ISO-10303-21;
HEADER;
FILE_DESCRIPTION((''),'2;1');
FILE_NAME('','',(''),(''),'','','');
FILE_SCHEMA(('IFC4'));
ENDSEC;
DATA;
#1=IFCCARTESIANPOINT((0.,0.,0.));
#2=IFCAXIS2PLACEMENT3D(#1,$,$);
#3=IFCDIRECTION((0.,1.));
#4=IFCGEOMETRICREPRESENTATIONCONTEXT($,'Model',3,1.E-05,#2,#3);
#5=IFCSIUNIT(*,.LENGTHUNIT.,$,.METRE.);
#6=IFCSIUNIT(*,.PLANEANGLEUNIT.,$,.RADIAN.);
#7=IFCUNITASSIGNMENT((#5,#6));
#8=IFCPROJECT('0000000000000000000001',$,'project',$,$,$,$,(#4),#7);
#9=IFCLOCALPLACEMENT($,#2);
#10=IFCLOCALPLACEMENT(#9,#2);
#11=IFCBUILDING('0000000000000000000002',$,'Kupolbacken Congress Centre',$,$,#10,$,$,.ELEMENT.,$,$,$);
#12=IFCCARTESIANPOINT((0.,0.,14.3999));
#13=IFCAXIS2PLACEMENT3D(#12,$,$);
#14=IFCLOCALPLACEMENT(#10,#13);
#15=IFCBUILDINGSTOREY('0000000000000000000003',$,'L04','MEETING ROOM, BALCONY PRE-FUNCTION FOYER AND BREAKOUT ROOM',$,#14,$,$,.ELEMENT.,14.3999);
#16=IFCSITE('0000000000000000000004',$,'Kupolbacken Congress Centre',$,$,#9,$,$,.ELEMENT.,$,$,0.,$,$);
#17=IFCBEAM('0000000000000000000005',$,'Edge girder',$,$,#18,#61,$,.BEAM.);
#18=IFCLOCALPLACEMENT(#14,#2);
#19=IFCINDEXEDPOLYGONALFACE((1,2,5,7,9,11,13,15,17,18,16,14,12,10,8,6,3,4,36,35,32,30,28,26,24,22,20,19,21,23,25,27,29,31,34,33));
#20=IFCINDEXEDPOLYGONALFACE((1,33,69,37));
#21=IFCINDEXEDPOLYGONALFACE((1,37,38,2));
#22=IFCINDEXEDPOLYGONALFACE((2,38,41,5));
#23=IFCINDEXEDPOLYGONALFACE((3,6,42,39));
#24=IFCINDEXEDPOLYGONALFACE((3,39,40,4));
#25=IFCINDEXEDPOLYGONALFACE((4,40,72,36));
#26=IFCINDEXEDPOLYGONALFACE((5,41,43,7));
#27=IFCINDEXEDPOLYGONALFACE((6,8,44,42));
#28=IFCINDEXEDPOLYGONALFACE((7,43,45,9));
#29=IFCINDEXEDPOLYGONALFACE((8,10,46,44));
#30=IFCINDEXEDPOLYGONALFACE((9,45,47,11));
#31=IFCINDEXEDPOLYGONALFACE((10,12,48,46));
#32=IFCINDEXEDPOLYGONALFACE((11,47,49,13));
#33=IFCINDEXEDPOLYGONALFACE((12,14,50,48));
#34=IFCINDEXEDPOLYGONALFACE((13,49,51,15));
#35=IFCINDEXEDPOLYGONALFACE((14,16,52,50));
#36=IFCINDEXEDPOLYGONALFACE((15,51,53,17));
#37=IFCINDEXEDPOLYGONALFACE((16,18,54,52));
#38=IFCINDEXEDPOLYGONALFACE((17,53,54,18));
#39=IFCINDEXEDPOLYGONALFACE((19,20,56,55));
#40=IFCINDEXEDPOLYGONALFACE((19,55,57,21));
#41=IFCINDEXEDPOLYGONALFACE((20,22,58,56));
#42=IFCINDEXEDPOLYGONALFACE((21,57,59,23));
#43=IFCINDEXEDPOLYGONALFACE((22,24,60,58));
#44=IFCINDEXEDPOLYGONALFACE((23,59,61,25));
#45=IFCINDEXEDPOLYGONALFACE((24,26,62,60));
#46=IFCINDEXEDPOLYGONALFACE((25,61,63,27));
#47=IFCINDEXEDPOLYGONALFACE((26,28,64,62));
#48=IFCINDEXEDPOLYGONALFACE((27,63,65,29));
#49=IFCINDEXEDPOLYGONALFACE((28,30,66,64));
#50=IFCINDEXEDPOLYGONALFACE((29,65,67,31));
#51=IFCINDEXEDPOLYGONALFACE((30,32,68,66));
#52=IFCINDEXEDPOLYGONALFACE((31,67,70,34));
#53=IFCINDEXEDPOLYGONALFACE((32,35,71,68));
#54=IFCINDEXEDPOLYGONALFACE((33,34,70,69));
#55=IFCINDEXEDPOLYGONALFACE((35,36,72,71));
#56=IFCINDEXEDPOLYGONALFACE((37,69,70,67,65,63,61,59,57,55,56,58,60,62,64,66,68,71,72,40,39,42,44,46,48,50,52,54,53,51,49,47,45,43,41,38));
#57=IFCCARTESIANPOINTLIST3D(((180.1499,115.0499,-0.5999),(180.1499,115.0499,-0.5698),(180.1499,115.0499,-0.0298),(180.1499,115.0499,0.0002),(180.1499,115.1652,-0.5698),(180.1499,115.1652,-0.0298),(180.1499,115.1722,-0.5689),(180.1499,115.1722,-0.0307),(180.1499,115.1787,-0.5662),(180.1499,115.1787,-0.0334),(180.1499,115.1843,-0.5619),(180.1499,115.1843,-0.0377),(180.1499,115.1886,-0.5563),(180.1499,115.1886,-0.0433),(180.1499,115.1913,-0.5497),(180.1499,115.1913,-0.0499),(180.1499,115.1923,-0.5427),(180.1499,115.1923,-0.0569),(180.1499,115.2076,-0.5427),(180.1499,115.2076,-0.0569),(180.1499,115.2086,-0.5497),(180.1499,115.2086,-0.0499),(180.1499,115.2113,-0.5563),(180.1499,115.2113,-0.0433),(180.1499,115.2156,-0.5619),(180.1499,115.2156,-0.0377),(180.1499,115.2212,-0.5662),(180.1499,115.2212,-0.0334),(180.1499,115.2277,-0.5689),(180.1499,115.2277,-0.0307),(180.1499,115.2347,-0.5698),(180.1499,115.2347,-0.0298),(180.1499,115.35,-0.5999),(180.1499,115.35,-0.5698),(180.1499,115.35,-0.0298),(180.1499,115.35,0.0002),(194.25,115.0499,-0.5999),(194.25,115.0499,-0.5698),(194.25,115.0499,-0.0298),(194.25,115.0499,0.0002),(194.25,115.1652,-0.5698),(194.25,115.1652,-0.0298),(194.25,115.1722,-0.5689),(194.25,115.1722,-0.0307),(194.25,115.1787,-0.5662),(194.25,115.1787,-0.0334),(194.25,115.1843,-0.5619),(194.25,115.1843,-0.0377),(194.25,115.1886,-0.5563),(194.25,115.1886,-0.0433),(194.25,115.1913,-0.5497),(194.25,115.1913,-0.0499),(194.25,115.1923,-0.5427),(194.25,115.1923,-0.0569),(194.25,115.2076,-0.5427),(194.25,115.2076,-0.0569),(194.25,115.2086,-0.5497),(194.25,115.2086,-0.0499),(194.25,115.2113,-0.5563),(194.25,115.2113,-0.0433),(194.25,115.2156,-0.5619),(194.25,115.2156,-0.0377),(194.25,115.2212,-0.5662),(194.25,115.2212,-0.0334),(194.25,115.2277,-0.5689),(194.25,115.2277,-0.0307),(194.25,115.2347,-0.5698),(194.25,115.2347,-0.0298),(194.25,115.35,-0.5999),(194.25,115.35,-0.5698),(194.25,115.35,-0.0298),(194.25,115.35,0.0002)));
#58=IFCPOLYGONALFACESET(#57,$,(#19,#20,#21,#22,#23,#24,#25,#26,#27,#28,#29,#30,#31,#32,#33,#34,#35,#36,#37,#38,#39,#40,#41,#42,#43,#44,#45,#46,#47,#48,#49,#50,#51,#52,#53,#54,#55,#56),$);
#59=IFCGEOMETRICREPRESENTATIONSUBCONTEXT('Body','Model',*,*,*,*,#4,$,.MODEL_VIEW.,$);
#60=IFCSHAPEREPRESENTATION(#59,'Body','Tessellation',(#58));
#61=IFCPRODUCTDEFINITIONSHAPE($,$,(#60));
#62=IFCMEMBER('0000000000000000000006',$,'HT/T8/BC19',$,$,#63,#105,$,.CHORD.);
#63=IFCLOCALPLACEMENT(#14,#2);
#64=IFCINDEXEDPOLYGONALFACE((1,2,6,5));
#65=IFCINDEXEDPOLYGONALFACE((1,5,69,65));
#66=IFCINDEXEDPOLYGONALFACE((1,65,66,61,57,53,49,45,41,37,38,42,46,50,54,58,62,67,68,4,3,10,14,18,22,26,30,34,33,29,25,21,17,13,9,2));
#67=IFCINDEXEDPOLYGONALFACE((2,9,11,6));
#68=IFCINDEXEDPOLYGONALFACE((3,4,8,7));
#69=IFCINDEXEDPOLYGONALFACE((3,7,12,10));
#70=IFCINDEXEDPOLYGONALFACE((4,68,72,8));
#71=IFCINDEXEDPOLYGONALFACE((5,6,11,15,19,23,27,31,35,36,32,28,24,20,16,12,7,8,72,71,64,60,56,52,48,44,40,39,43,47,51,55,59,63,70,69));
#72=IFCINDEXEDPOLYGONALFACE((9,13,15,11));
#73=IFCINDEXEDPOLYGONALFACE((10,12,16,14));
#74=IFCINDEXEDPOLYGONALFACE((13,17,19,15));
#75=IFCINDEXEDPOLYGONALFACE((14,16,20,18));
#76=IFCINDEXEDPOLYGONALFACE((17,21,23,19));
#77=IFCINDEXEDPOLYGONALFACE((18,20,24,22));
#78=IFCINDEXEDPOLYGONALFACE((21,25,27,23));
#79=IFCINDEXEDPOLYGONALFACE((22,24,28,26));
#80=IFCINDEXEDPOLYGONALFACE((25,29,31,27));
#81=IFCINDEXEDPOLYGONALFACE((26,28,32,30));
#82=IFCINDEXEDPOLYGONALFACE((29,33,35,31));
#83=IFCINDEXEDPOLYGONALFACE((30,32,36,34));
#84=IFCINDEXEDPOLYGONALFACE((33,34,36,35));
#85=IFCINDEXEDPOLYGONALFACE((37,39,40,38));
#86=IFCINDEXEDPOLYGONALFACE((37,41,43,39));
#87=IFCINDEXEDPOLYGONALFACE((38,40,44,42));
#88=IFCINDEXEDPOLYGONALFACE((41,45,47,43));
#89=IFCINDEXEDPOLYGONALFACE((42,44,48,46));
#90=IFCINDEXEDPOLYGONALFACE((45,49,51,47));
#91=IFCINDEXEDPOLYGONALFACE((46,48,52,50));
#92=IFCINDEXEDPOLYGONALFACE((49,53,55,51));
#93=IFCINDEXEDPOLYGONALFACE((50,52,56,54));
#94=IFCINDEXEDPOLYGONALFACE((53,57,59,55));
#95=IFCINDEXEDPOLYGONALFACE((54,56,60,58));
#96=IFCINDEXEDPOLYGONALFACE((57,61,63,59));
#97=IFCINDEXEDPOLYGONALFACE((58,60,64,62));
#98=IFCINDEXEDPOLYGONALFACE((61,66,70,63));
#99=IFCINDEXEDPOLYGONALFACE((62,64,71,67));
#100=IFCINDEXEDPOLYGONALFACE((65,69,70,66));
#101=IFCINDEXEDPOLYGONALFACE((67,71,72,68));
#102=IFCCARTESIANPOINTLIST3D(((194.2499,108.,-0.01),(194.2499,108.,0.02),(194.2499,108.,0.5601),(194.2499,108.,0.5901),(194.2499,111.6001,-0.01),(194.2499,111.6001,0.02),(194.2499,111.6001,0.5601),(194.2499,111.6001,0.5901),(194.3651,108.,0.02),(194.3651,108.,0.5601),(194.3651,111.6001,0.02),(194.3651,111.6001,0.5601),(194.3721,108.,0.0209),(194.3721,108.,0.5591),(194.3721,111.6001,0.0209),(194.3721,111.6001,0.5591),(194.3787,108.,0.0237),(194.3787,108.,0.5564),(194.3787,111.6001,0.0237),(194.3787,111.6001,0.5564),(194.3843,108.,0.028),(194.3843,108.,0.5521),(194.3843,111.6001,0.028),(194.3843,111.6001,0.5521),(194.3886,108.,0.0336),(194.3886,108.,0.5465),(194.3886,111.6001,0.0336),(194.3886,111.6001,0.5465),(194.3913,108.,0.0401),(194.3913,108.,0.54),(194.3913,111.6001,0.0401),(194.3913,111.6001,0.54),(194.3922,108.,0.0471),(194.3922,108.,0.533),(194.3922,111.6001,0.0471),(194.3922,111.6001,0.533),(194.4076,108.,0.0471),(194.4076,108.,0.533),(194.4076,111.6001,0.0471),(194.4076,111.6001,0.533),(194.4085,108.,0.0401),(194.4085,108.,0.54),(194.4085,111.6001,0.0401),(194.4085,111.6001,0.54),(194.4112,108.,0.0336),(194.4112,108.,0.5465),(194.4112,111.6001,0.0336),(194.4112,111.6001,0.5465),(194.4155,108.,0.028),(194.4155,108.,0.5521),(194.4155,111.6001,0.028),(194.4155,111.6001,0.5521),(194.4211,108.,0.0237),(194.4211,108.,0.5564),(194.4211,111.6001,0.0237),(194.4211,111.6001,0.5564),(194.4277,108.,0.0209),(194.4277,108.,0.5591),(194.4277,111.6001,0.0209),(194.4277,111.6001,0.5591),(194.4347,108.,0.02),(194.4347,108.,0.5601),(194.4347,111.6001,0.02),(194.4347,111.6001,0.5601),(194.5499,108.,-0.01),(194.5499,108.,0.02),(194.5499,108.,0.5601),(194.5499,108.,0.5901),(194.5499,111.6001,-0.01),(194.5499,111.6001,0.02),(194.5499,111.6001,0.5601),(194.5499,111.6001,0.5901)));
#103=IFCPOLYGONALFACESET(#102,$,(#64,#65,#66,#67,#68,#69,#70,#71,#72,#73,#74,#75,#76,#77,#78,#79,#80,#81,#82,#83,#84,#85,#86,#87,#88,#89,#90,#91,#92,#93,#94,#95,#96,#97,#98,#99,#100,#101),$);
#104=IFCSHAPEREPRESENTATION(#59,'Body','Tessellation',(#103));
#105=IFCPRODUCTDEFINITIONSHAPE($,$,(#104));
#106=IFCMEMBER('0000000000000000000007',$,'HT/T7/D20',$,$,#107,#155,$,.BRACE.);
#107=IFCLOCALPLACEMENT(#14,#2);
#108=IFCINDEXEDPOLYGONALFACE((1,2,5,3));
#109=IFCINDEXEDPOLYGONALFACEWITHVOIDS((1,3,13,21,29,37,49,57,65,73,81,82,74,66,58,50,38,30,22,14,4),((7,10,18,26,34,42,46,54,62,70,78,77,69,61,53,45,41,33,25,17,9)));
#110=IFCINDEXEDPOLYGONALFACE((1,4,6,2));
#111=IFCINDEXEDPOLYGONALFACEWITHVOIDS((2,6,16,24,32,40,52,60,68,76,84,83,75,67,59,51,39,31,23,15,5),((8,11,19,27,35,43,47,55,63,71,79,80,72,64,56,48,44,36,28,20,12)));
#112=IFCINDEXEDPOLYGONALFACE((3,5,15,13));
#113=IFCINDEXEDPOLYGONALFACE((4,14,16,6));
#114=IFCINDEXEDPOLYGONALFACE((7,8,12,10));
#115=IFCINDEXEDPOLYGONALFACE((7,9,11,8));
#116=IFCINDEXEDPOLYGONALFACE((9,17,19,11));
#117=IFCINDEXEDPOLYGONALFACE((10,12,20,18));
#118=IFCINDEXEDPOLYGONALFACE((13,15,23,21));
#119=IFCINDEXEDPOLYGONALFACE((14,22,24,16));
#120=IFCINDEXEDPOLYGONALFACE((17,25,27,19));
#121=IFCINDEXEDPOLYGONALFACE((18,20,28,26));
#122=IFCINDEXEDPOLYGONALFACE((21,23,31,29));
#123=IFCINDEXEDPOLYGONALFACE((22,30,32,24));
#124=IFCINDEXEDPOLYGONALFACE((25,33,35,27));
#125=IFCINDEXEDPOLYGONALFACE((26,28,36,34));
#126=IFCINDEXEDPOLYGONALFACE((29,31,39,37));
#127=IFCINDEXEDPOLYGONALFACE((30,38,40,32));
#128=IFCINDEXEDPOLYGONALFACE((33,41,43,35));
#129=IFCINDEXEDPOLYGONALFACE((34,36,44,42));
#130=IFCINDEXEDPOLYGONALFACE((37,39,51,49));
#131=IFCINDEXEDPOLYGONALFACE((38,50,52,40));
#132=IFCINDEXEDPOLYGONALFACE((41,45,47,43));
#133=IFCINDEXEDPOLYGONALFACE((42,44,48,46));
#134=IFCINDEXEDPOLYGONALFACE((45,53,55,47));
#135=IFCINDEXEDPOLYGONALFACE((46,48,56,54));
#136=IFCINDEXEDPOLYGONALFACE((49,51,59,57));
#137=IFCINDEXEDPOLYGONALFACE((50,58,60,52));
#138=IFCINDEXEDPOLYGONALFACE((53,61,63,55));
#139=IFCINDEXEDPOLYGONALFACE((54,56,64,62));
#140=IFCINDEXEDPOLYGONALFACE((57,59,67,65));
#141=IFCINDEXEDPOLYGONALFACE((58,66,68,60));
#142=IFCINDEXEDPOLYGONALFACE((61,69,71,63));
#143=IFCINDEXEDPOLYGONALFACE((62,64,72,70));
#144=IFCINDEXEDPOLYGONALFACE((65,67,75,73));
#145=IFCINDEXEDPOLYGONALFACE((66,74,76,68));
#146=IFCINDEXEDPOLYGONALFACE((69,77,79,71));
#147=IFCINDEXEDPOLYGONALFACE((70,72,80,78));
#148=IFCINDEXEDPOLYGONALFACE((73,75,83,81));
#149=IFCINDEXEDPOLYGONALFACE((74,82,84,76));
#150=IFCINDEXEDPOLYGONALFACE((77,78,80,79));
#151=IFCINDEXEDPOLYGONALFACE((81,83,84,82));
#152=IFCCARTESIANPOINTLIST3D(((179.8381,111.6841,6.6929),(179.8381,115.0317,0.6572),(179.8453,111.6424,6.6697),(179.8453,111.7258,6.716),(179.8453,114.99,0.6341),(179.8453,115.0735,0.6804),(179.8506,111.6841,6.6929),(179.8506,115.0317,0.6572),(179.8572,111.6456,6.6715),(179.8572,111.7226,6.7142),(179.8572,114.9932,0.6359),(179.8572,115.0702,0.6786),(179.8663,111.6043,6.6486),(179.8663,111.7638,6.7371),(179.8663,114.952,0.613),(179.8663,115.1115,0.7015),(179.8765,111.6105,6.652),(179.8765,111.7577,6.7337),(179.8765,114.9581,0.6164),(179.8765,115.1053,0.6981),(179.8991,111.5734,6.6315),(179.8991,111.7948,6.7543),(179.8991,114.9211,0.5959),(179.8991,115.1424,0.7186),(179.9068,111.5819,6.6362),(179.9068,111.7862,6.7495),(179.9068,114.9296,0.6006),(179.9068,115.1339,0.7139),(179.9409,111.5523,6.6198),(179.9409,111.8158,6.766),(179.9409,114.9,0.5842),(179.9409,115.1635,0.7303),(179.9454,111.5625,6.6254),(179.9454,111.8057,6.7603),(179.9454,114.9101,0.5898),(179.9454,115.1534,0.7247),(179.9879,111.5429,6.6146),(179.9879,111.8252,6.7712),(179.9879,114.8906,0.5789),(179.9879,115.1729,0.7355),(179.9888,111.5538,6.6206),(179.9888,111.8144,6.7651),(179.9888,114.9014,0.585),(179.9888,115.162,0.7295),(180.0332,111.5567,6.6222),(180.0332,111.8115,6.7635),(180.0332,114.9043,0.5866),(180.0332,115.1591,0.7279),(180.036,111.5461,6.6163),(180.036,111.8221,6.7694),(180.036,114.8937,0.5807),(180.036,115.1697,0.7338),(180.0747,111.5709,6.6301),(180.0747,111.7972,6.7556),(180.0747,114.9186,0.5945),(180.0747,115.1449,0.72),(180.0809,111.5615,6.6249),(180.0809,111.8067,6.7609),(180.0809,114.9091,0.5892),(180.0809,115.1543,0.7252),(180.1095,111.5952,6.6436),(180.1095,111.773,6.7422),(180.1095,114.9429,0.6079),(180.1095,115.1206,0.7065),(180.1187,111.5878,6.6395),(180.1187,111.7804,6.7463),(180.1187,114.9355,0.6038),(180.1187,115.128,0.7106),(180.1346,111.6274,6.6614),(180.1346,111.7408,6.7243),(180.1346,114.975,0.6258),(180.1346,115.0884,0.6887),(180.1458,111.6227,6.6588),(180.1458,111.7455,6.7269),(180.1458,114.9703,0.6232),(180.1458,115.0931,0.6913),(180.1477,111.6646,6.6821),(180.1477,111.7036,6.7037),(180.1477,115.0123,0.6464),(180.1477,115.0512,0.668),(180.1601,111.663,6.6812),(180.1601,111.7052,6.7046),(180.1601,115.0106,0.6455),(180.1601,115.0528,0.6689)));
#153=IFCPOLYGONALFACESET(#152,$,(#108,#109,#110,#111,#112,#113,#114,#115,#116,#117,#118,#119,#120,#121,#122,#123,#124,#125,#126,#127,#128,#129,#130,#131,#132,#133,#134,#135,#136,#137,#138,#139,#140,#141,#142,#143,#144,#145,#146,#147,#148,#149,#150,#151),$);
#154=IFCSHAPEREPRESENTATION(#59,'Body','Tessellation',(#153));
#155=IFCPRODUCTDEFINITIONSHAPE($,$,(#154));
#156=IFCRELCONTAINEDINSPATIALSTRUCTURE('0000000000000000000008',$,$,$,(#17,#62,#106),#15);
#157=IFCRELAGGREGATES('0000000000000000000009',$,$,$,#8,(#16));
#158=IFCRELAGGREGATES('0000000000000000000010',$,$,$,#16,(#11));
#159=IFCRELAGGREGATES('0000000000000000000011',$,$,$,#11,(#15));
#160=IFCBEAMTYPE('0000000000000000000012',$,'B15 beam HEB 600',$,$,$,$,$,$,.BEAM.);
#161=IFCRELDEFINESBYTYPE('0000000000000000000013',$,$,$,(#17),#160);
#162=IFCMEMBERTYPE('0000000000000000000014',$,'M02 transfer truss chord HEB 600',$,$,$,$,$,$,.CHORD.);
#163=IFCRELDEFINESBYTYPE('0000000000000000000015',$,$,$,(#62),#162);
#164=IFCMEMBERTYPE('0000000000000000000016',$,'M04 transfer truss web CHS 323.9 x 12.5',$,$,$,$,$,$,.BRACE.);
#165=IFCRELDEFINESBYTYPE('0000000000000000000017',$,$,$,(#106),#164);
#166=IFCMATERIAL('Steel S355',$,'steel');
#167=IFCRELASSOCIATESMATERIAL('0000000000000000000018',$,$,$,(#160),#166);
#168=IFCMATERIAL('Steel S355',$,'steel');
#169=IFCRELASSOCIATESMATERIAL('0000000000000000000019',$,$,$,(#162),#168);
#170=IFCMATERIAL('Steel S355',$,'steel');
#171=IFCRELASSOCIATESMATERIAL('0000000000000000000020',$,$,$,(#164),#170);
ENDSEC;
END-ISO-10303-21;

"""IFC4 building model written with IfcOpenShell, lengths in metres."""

from ifc_helpers import new_model, si_unit, direction, frame, origin, origin_2d, place, context, subcontext, project, spatial, hollow_circle, i_section, extrude, material, material_profile, profile_set, type_object, element, save


model = new_model("IFC4")

# Units and contexts
model_context = context("Model", 3, precision=1e-05, world=origin(), true_north=direction((0.0, 1.0)))
body_context = subcontext(model_context, "Body", "Model", "MODEL_VIEW")
ifc_project = project(units=[si_unit("LENGTHUNIT", "METRE"), si_unit("PLANEANGLEUNIT", "RADIAN")], contexts=[model_context])

# Site, building, storey
site_placement = place(None, origin())
site = spatial("IfcSite", under=ifc_project, at=site_placement, Name="Kupolbacken Congress Centre", CompositionType="ELEMENT", RefElevation=0.0)
building_placement = place(site_placement, origin())
building = spatial("IfcBuilding", under=site, at=building_placement, Name="Kupolbacken Congress Centre", CompositionType="ELEMENT")
storey_placement = place(building_placement, frame((0.0, 0.0, 14.3999)))
storey = spatial("IfcBuildingStorey", under=building, at=storey_placement, Name="L04", Description="MEETING ROOM, BALCONY PRE-FUNCTION FOYER AND BREAKOUT ROOM", CompositionType="ELEMENT", Elevation=14.3999)

# Beam
ifc_material_1 = material(Name="Steel S355", Category="steel")
ifc_material_profile_1 = material_profile(ifc_material_1, i_section(OverallWidth=0.3, OverallDepth=0.6001, WebThickness=0.0154, FlangeThickness=0.03, FilletRadius=0.0271, at=origin_2d()), Name="HEB 600")
ifc_profile_set_1 = profile_set([ifc_material_profile_1], Name="Steel S355")
beam_type_1 = type_object("IfcBeamType", Name="B15 beam HEB 600", PredefinedType="BEAM", material=ifc_profile_set_1)
beam_1_placement = place(storey_placement, frame((180.1499, 115.2, -0.2998), z_axis=(1.0, 0.0, 0.0), x_axis=(0.0, 1.0, 0.0)))
element("IfcBeam", 1, at=beam_1_placement, inside=storey, type_object=beam_type_1, Name="Edge girder", PredefinedType="BEAM", context=body_context, shape_type="SweptSolid", body=[
    extrude(i_section(OverallWidth=0.3, OverallDepth=0.6001, WebThickness=0.0154, FlangeThickness=0.03, FilletRadius=0.0271, at=origin_2d()), origin(), (0.0, 0.0, 1.0), 14.1001),
])

# Members
ifc_material_2 = material(Name="Steel S355", Category="steel")
ifc_material_profile_2 = material_profile(ifc_material_2, i_section(OverallWidth=0.3, OverallDepth=0.6001, WebThickness=0.0154, FlangeThickness=0.03, FilletRadius=0.0271, at=origin_2d()), Name="HEB 600")
ifc_profile_set_2 = profile_set([ifc_material_profile_2], Name="Steel S355")
member_type_1 = type_object("IfcMemberType", Name="M02 transfer truss chord HEB 600", PredefinedType="CHORD", material=ifc_profile_set_2)
member_1_placement = place(storey_placement, frame((194.3999, 108.0, 0.29), z_axis=(0.0, 1.0, 0.0), x_axis=(-1.0, 0.0, 0.0)))
element("IfcMember", 2, at=member_1_placement, inside=storey, type_object=member_type_1, Name="HT/T8/BC19", PredefinedType="CHORD", context=body_context, shape_type="SweptSolid", body=[
    extrude(i_section(OverallWidth=0.3, OverallDepth=0.6001, WebThickness=0.0154, FlangeThickness=0.03, FilletRadius=0.0271, at=origin_2d()), origin(), (0.0, 0.0, 1.0), 3.6001),
])
ifc_material_3 = material(Name="Steel S355", Category="steel")
ifc_material_profile_3 = material_profile(ifc_material_3, hollow_circle(Radius=0.1619, WallThickness=0.0125, at=origin_2d()), Name="CHS 323.9 x 12.5")
ifc_profile_set_3 = profile_set([ifc_material_profile_3], Name="Steel S355")
member_type_2 = type_object("IfcMemberType", Name="M04 transfer truss web CHS 323.9 x 12.5", PredefinedType="BRACE", material=ifc_profile_set_3)
member_2_placement = place(storey_placement, frame((180.0, 111.6841, 6.6929), z_axis=(0.0, 0.485036, -0.874494), x_axis=(-1.0, 0.0, 0.0)))
element("IfcMember", 3, at=member_2_placement, inside=storey, type_object=member_type_2, Name="HT/T7/D20", PredefinedType="BRACE", context=body_context, shape_type="SweptSolid", body=[
    extrude(hollow_circle(Radius=0.1619, WallThickness=0.0125, at=origin_2d()), origin(), (0.0, 0.0, 1.0), 6.9019),
])

save(model, "model.ifc")
